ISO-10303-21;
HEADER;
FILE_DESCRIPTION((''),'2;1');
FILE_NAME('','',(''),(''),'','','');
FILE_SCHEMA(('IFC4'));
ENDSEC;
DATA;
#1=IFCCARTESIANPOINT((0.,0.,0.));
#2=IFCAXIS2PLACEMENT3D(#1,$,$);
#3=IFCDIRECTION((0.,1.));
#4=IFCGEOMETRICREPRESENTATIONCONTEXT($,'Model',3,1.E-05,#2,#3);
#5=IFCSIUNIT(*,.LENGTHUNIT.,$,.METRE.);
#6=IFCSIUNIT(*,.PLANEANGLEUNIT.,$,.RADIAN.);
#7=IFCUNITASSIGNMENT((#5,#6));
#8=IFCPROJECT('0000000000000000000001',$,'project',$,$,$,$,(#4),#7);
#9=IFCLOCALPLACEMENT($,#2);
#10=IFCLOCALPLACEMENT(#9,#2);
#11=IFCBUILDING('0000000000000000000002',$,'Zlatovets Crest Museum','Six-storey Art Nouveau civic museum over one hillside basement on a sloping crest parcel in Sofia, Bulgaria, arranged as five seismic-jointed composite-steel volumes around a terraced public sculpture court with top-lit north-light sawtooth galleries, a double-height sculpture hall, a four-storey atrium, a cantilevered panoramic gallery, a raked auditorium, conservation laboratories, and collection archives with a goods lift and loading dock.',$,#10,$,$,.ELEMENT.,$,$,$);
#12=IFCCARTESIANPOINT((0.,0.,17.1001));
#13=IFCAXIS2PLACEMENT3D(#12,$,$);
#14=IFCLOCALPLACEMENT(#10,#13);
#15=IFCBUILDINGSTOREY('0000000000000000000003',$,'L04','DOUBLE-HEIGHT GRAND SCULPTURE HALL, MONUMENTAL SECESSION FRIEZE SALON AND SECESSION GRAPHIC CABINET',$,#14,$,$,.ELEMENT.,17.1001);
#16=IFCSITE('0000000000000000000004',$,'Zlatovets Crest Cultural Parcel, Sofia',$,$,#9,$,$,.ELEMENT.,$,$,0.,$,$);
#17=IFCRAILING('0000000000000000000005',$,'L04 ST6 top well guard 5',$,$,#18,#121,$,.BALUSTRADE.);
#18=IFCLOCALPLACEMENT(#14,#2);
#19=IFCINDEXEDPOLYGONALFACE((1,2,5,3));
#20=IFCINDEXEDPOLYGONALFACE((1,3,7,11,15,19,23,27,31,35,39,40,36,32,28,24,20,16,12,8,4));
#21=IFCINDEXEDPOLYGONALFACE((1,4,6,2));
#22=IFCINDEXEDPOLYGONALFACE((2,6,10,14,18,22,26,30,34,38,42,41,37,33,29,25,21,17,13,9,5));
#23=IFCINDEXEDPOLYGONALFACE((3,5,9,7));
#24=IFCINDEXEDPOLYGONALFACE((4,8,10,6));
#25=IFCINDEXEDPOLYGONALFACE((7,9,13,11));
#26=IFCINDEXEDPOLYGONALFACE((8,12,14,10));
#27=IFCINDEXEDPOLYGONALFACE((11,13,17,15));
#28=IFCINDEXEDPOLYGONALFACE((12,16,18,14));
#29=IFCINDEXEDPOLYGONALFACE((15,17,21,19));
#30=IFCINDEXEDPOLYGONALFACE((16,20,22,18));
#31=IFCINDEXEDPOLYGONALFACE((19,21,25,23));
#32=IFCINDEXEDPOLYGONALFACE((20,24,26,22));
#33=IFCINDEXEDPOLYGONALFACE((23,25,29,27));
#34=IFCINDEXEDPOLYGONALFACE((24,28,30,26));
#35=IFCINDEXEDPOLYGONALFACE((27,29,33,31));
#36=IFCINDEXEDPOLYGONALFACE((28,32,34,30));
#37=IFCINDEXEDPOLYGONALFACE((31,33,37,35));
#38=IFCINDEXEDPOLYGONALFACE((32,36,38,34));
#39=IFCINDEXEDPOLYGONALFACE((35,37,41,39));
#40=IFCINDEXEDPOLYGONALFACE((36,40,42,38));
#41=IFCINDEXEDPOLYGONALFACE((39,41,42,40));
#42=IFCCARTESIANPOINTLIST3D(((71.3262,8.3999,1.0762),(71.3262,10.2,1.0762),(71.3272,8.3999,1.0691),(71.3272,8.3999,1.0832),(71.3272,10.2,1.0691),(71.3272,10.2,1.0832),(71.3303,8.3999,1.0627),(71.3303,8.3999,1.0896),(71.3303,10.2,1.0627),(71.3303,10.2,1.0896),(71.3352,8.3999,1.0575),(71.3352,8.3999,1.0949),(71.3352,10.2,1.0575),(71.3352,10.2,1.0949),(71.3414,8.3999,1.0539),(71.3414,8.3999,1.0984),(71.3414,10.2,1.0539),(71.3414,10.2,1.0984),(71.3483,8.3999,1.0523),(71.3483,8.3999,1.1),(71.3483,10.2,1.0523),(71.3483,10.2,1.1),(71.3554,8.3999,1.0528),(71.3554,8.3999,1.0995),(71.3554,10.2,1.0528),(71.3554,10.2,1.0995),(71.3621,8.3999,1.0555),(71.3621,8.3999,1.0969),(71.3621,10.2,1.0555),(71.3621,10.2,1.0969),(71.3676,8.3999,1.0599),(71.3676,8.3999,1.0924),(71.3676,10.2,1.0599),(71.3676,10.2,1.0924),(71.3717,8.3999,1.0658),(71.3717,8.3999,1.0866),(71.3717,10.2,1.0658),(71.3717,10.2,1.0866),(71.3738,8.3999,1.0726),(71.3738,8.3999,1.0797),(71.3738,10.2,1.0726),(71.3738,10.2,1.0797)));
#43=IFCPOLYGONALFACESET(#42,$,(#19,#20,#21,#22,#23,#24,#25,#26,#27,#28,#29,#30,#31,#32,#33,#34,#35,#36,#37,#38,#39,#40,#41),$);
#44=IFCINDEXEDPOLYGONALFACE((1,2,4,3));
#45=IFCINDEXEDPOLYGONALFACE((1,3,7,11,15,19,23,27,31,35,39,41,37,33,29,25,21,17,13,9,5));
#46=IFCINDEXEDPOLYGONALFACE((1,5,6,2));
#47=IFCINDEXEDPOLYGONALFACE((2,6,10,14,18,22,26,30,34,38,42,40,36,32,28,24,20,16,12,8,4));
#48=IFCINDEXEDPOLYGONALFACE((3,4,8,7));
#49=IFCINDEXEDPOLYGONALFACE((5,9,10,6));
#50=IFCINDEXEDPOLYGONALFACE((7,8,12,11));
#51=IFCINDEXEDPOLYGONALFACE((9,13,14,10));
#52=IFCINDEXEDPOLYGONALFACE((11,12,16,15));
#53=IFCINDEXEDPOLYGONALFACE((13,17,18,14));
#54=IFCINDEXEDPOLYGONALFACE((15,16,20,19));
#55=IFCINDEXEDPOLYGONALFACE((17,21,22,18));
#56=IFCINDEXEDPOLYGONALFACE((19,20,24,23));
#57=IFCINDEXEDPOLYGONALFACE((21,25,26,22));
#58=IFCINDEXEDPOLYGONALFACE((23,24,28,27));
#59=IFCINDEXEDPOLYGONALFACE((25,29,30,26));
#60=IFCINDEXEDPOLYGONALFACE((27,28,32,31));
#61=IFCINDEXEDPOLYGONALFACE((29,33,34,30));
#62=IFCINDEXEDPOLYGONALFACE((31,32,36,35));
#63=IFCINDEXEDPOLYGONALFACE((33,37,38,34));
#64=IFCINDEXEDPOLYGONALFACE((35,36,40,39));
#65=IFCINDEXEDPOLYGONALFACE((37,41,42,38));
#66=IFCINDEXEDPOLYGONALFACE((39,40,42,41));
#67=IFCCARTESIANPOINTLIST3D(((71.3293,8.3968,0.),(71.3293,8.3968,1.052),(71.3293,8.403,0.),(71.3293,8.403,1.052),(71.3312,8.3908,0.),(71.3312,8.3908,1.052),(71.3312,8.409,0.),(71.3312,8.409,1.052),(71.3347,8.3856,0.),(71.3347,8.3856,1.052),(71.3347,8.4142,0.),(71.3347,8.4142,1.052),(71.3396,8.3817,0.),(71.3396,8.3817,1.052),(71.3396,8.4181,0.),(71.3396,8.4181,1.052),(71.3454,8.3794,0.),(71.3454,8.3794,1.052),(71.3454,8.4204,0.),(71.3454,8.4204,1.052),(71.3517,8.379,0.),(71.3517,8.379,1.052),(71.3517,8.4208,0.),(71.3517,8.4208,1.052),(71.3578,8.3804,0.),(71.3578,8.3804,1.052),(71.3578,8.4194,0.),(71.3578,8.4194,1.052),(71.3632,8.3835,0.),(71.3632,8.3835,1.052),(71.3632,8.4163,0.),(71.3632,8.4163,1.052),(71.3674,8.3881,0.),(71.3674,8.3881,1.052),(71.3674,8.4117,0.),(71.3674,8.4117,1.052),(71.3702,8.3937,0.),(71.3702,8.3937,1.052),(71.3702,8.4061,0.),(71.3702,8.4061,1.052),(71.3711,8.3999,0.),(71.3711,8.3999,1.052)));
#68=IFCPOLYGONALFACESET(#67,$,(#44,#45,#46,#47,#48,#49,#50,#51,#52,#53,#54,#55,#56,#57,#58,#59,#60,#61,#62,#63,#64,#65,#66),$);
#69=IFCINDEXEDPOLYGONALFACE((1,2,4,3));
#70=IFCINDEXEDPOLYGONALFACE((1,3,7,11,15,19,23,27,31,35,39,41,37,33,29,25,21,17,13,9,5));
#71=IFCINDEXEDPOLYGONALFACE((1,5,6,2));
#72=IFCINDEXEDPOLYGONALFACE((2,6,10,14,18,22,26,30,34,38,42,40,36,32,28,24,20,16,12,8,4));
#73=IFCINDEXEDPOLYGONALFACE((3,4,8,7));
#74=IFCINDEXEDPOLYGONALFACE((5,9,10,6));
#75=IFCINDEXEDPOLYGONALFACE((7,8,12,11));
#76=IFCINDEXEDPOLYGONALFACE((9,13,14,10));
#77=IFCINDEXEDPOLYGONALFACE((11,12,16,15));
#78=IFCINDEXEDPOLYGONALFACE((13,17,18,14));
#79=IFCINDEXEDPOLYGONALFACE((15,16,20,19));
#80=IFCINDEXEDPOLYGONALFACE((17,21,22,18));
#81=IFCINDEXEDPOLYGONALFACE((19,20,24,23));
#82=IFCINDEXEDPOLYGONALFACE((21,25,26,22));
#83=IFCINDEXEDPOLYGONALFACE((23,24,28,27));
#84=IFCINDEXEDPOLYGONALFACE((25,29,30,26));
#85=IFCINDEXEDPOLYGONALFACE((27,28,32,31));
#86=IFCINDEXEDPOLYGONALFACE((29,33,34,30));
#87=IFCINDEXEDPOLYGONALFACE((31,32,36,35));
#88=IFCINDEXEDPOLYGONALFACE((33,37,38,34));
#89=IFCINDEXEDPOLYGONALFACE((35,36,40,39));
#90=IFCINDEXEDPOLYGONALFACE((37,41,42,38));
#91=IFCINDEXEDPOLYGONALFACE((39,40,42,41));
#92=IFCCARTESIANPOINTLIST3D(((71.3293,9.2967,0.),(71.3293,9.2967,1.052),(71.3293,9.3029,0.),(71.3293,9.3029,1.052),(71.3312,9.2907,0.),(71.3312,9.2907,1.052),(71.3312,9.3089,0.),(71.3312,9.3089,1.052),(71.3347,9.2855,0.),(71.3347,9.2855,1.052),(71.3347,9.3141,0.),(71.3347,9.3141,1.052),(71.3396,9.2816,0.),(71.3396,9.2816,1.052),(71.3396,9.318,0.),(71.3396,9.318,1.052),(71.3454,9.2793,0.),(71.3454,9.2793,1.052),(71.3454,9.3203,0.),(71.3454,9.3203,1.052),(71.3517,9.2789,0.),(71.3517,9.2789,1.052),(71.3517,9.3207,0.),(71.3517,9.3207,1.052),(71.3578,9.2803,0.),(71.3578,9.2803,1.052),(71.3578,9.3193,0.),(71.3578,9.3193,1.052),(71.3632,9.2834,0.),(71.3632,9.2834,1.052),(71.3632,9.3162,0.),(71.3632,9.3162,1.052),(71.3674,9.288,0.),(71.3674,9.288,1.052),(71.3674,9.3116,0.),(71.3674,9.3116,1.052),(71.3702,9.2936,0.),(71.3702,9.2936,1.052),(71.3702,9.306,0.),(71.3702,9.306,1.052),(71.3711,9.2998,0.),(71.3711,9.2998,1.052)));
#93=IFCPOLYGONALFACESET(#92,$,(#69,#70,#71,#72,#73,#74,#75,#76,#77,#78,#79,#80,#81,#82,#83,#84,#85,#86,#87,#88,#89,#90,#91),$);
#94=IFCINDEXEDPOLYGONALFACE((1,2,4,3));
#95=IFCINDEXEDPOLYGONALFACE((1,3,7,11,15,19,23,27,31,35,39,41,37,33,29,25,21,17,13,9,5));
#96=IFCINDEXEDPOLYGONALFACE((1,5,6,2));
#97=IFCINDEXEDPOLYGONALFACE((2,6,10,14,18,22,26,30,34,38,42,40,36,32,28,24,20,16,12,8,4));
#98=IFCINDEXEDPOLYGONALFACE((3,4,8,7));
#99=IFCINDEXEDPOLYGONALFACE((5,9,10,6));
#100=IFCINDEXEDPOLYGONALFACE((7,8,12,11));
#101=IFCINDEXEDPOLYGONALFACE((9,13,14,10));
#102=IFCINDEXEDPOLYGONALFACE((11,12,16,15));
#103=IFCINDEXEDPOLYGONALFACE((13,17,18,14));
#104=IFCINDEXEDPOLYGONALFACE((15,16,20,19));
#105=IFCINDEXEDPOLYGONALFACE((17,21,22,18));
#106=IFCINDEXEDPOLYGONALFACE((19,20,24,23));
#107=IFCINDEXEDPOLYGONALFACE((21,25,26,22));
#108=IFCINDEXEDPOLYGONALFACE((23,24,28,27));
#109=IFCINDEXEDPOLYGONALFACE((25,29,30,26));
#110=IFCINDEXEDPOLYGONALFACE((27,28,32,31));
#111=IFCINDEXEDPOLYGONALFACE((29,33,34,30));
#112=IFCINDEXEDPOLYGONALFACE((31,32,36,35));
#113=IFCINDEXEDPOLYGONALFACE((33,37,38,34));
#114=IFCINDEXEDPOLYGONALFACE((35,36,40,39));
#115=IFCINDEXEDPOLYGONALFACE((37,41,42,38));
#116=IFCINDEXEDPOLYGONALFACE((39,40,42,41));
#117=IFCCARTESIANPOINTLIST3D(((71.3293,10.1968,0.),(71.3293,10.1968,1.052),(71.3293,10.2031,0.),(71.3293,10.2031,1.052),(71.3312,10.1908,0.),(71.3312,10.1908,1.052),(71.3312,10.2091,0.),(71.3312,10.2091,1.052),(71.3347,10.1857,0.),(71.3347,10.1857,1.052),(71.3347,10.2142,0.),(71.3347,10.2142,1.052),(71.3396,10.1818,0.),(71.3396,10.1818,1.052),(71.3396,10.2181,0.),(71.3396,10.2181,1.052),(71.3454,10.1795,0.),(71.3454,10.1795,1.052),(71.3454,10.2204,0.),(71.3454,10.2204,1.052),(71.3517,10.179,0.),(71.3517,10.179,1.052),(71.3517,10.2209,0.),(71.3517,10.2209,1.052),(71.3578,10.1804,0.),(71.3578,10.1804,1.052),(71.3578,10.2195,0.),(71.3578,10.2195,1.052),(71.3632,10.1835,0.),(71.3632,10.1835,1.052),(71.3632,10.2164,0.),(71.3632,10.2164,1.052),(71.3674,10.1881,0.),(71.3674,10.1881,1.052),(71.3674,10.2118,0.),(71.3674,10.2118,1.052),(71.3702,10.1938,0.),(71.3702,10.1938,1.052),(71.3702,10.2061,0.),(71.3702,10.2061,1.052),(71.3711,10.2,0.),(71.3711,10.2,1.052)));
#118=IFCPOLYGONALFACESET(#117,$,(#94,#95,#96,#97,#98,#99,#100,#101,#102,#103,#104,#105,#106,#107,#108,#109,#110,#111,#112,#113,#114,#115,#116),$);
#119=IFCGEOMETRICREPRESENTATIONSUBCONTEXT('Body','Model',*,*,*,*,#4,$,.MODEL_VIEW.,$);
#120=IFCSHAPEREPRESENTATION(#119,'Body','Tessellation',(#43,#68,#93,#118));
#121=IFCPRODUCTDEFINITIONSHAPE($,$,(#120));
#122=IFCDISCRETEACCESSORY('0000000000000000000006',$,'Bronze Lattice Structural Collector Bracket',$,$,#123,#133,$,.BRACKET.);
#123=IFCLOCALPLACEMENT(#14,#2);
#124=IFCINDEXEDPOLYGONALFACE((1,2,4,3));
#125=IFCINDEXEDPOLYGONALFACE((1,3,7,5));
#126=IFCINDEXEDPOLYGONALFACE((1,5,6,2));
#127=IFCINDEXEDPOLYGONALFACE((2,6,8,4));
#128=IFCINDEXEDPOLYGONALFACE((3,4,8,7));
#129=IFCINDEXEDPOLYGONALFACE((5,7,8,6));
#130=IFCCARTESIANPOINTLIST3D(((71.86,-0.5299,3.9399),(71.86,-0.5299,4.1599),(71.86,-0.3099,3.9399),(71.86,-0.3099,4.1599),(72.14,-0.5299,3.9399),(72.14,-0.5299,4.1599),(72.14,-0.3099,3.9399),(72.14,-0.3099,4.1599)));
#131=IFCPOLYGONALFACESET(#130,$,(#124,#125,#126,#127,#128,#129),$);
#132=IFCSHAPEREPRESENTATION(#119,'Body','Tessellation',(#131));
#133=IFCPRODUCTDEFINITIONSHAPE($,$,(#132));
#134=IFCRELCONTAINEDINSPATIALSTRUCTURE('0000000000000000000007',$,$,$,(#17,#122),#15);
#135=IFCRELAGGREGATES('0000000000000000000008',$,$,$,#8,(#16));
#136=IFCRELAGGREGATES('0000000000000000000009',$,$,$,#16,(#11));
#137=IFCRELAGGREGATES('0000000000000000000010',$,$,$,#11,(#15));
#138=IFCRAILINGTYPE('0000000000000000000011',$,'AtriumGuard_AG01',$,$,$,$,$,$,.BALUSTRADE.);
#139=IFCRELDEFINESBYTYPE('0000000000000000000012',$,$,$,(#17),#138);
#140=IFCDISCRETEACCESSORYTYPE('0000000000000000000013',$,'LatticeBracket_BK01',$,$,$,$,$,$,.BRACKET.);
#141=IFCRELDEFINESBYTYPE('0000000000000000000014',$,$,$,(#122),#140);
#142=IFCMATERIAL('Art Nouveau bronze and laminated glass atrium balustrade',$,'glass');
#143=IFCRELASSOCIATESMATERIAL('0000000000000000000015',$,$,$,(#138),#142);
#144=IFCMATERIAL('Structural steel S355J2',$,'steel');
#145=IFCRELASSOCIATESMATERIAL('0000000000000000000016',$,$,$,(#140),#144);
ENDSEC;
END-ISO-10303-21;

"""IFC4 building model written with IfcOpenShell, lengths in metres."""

from ifc_helpers import new_model, si_unit, direction, frame, origin, origin_2d, place, context, subcontext, project, spatial, rectangle, circle, extrude, material, type_object, element, save


model = new_model("IFC4")

# Units and contexts
model_context = context("Model", 3, precision=1e-05, world=origin(), true_north=direction((0.0, 1.0)))
body_context = subcontext(model_context, "Body", "Model", "MODEL_VIEW")
ifc_project = project(units=[si_unit("LENGTHUNIT", "METRE"), si_unit("PLANEANGLEUNIT", "RADIAN")], contexts=[model_context])

# Site, building, storey
site_placement = place(None, origin())
site = spatial("IfcSite", under=ifc_project, at=site_placement, Name="Zlatovets Crest Cultural Parcel, Sofia", CompositionType="ELEMENT", RefElevation=0.0)
building_placement = place(site_placement, origin())
building = spatial("IfcBuilding", under=site, at=building_placement, Name="Zlatovets Crest Museum", Description="Six-storey Art Nouveau civic museum over one hillside basement on a sloping crest parcel in Sofia, Bulgaria, arranged as five seismic-jointed composite-steel volumes around a terraced public sculpture court with top-lit north-light sawtooth galleries, a double-height sculpture hall, a four-storey atrium, a cantilevered panoramic gallery, a raked auditorium, conservation laboratories, and collection archives with a goods lift and loading dock.", CompositionType="ELEMENT")
storey_placement = place(building_placement, frame((0.0, 0.0, 17.1001)))
storey = spatial("IfcBuildingStorey", under=building, at=storey_placement, Name="L04", Description="DOUBLE-HEIGHT GRAND SCULPTURE HALL, MONUMENTAL SECESSION FRIEZE SALON AND SECESSION GRAPHIC CABINET", CompositionType="ELEMENT", Elevation=17.1001)

# Shared definitions
ifc_material_1 = material(Name="Structural steel S355J2", Category="steel")

# Railing
ifc_material_2 = material(Name="Art Nouveau bronze and laminated glass atrium balustrade", Category="glass")
railing_type = type_object("IfcRailingType", Name="AtriumGuard_AG01", PredefinedType="BALUSTRADE", material=ifc_material_2)
railing_1_placement = place(storey_placement, frame((71.3501, 8.3999, 0.0)))
element("IfcRailing", 1, at=railing_1_placement, inside=storey, type_object=railing_type, Name="L04 ST6 top well guard 5", PredefinedType="BALUSTRADE", context=body_context, shape_type="SweptSolid", body=[
    extrude(circle(Radius=0.0239, at=origin_2d()), frame((0.0, 0.0, 1.0762), z_axis=(0.0, 1.0, 0.0), x_axis=(-1.0, 0.0, 0.0)), (0.0, 0.0, 1.0), 1.8),
    extrude(circle(Radius=0.021, at=origin_2d()), origin(), (0.0, 0.0, 1.0), 1.052),
    extrude(circle(Radius=0.021, at=origin_2d()), frame((0.0, 0.8999, 0.0)), (0.0, 0.0, 1.0), 1.052),
    extrude(circle(Radius=0.021, at=origin_2d()), frame((0.0, 1.8, 0.0)), (0.0, 0.0, 1.0), 1.052),
])

# Discrete accessory
discrete_accessory_type = type_object("IfcDiscreteAccessoryType", Name="LatticeBracket_BK01", PredefinedType="BRACKET", material=ifc_material_1)
discrete_accessory_placement = place(storey_placement, frame((72.0, -0.4199, 3.9399), z_axis=(0.0, 0.0, 1.0), x_axis=(1.0, 0.0, 0.0)))
element("IfcDiscreteAccessory", 2, at=discrete_accessory_placement, inside=storey, type_object=discrete_accessory_type, Name="Bronze Lattice Structural Collector Bracket", PredefinedType="BRACKET", context=body_context, shape_type="SweptSolid", body=[
    extrude(rectangle(XDim=0.28, YDim=0.22, at=origin_2d()), origin(), (0.0, 0.0, 1.0), 0.22),
])

save(model, "model.ifc")
